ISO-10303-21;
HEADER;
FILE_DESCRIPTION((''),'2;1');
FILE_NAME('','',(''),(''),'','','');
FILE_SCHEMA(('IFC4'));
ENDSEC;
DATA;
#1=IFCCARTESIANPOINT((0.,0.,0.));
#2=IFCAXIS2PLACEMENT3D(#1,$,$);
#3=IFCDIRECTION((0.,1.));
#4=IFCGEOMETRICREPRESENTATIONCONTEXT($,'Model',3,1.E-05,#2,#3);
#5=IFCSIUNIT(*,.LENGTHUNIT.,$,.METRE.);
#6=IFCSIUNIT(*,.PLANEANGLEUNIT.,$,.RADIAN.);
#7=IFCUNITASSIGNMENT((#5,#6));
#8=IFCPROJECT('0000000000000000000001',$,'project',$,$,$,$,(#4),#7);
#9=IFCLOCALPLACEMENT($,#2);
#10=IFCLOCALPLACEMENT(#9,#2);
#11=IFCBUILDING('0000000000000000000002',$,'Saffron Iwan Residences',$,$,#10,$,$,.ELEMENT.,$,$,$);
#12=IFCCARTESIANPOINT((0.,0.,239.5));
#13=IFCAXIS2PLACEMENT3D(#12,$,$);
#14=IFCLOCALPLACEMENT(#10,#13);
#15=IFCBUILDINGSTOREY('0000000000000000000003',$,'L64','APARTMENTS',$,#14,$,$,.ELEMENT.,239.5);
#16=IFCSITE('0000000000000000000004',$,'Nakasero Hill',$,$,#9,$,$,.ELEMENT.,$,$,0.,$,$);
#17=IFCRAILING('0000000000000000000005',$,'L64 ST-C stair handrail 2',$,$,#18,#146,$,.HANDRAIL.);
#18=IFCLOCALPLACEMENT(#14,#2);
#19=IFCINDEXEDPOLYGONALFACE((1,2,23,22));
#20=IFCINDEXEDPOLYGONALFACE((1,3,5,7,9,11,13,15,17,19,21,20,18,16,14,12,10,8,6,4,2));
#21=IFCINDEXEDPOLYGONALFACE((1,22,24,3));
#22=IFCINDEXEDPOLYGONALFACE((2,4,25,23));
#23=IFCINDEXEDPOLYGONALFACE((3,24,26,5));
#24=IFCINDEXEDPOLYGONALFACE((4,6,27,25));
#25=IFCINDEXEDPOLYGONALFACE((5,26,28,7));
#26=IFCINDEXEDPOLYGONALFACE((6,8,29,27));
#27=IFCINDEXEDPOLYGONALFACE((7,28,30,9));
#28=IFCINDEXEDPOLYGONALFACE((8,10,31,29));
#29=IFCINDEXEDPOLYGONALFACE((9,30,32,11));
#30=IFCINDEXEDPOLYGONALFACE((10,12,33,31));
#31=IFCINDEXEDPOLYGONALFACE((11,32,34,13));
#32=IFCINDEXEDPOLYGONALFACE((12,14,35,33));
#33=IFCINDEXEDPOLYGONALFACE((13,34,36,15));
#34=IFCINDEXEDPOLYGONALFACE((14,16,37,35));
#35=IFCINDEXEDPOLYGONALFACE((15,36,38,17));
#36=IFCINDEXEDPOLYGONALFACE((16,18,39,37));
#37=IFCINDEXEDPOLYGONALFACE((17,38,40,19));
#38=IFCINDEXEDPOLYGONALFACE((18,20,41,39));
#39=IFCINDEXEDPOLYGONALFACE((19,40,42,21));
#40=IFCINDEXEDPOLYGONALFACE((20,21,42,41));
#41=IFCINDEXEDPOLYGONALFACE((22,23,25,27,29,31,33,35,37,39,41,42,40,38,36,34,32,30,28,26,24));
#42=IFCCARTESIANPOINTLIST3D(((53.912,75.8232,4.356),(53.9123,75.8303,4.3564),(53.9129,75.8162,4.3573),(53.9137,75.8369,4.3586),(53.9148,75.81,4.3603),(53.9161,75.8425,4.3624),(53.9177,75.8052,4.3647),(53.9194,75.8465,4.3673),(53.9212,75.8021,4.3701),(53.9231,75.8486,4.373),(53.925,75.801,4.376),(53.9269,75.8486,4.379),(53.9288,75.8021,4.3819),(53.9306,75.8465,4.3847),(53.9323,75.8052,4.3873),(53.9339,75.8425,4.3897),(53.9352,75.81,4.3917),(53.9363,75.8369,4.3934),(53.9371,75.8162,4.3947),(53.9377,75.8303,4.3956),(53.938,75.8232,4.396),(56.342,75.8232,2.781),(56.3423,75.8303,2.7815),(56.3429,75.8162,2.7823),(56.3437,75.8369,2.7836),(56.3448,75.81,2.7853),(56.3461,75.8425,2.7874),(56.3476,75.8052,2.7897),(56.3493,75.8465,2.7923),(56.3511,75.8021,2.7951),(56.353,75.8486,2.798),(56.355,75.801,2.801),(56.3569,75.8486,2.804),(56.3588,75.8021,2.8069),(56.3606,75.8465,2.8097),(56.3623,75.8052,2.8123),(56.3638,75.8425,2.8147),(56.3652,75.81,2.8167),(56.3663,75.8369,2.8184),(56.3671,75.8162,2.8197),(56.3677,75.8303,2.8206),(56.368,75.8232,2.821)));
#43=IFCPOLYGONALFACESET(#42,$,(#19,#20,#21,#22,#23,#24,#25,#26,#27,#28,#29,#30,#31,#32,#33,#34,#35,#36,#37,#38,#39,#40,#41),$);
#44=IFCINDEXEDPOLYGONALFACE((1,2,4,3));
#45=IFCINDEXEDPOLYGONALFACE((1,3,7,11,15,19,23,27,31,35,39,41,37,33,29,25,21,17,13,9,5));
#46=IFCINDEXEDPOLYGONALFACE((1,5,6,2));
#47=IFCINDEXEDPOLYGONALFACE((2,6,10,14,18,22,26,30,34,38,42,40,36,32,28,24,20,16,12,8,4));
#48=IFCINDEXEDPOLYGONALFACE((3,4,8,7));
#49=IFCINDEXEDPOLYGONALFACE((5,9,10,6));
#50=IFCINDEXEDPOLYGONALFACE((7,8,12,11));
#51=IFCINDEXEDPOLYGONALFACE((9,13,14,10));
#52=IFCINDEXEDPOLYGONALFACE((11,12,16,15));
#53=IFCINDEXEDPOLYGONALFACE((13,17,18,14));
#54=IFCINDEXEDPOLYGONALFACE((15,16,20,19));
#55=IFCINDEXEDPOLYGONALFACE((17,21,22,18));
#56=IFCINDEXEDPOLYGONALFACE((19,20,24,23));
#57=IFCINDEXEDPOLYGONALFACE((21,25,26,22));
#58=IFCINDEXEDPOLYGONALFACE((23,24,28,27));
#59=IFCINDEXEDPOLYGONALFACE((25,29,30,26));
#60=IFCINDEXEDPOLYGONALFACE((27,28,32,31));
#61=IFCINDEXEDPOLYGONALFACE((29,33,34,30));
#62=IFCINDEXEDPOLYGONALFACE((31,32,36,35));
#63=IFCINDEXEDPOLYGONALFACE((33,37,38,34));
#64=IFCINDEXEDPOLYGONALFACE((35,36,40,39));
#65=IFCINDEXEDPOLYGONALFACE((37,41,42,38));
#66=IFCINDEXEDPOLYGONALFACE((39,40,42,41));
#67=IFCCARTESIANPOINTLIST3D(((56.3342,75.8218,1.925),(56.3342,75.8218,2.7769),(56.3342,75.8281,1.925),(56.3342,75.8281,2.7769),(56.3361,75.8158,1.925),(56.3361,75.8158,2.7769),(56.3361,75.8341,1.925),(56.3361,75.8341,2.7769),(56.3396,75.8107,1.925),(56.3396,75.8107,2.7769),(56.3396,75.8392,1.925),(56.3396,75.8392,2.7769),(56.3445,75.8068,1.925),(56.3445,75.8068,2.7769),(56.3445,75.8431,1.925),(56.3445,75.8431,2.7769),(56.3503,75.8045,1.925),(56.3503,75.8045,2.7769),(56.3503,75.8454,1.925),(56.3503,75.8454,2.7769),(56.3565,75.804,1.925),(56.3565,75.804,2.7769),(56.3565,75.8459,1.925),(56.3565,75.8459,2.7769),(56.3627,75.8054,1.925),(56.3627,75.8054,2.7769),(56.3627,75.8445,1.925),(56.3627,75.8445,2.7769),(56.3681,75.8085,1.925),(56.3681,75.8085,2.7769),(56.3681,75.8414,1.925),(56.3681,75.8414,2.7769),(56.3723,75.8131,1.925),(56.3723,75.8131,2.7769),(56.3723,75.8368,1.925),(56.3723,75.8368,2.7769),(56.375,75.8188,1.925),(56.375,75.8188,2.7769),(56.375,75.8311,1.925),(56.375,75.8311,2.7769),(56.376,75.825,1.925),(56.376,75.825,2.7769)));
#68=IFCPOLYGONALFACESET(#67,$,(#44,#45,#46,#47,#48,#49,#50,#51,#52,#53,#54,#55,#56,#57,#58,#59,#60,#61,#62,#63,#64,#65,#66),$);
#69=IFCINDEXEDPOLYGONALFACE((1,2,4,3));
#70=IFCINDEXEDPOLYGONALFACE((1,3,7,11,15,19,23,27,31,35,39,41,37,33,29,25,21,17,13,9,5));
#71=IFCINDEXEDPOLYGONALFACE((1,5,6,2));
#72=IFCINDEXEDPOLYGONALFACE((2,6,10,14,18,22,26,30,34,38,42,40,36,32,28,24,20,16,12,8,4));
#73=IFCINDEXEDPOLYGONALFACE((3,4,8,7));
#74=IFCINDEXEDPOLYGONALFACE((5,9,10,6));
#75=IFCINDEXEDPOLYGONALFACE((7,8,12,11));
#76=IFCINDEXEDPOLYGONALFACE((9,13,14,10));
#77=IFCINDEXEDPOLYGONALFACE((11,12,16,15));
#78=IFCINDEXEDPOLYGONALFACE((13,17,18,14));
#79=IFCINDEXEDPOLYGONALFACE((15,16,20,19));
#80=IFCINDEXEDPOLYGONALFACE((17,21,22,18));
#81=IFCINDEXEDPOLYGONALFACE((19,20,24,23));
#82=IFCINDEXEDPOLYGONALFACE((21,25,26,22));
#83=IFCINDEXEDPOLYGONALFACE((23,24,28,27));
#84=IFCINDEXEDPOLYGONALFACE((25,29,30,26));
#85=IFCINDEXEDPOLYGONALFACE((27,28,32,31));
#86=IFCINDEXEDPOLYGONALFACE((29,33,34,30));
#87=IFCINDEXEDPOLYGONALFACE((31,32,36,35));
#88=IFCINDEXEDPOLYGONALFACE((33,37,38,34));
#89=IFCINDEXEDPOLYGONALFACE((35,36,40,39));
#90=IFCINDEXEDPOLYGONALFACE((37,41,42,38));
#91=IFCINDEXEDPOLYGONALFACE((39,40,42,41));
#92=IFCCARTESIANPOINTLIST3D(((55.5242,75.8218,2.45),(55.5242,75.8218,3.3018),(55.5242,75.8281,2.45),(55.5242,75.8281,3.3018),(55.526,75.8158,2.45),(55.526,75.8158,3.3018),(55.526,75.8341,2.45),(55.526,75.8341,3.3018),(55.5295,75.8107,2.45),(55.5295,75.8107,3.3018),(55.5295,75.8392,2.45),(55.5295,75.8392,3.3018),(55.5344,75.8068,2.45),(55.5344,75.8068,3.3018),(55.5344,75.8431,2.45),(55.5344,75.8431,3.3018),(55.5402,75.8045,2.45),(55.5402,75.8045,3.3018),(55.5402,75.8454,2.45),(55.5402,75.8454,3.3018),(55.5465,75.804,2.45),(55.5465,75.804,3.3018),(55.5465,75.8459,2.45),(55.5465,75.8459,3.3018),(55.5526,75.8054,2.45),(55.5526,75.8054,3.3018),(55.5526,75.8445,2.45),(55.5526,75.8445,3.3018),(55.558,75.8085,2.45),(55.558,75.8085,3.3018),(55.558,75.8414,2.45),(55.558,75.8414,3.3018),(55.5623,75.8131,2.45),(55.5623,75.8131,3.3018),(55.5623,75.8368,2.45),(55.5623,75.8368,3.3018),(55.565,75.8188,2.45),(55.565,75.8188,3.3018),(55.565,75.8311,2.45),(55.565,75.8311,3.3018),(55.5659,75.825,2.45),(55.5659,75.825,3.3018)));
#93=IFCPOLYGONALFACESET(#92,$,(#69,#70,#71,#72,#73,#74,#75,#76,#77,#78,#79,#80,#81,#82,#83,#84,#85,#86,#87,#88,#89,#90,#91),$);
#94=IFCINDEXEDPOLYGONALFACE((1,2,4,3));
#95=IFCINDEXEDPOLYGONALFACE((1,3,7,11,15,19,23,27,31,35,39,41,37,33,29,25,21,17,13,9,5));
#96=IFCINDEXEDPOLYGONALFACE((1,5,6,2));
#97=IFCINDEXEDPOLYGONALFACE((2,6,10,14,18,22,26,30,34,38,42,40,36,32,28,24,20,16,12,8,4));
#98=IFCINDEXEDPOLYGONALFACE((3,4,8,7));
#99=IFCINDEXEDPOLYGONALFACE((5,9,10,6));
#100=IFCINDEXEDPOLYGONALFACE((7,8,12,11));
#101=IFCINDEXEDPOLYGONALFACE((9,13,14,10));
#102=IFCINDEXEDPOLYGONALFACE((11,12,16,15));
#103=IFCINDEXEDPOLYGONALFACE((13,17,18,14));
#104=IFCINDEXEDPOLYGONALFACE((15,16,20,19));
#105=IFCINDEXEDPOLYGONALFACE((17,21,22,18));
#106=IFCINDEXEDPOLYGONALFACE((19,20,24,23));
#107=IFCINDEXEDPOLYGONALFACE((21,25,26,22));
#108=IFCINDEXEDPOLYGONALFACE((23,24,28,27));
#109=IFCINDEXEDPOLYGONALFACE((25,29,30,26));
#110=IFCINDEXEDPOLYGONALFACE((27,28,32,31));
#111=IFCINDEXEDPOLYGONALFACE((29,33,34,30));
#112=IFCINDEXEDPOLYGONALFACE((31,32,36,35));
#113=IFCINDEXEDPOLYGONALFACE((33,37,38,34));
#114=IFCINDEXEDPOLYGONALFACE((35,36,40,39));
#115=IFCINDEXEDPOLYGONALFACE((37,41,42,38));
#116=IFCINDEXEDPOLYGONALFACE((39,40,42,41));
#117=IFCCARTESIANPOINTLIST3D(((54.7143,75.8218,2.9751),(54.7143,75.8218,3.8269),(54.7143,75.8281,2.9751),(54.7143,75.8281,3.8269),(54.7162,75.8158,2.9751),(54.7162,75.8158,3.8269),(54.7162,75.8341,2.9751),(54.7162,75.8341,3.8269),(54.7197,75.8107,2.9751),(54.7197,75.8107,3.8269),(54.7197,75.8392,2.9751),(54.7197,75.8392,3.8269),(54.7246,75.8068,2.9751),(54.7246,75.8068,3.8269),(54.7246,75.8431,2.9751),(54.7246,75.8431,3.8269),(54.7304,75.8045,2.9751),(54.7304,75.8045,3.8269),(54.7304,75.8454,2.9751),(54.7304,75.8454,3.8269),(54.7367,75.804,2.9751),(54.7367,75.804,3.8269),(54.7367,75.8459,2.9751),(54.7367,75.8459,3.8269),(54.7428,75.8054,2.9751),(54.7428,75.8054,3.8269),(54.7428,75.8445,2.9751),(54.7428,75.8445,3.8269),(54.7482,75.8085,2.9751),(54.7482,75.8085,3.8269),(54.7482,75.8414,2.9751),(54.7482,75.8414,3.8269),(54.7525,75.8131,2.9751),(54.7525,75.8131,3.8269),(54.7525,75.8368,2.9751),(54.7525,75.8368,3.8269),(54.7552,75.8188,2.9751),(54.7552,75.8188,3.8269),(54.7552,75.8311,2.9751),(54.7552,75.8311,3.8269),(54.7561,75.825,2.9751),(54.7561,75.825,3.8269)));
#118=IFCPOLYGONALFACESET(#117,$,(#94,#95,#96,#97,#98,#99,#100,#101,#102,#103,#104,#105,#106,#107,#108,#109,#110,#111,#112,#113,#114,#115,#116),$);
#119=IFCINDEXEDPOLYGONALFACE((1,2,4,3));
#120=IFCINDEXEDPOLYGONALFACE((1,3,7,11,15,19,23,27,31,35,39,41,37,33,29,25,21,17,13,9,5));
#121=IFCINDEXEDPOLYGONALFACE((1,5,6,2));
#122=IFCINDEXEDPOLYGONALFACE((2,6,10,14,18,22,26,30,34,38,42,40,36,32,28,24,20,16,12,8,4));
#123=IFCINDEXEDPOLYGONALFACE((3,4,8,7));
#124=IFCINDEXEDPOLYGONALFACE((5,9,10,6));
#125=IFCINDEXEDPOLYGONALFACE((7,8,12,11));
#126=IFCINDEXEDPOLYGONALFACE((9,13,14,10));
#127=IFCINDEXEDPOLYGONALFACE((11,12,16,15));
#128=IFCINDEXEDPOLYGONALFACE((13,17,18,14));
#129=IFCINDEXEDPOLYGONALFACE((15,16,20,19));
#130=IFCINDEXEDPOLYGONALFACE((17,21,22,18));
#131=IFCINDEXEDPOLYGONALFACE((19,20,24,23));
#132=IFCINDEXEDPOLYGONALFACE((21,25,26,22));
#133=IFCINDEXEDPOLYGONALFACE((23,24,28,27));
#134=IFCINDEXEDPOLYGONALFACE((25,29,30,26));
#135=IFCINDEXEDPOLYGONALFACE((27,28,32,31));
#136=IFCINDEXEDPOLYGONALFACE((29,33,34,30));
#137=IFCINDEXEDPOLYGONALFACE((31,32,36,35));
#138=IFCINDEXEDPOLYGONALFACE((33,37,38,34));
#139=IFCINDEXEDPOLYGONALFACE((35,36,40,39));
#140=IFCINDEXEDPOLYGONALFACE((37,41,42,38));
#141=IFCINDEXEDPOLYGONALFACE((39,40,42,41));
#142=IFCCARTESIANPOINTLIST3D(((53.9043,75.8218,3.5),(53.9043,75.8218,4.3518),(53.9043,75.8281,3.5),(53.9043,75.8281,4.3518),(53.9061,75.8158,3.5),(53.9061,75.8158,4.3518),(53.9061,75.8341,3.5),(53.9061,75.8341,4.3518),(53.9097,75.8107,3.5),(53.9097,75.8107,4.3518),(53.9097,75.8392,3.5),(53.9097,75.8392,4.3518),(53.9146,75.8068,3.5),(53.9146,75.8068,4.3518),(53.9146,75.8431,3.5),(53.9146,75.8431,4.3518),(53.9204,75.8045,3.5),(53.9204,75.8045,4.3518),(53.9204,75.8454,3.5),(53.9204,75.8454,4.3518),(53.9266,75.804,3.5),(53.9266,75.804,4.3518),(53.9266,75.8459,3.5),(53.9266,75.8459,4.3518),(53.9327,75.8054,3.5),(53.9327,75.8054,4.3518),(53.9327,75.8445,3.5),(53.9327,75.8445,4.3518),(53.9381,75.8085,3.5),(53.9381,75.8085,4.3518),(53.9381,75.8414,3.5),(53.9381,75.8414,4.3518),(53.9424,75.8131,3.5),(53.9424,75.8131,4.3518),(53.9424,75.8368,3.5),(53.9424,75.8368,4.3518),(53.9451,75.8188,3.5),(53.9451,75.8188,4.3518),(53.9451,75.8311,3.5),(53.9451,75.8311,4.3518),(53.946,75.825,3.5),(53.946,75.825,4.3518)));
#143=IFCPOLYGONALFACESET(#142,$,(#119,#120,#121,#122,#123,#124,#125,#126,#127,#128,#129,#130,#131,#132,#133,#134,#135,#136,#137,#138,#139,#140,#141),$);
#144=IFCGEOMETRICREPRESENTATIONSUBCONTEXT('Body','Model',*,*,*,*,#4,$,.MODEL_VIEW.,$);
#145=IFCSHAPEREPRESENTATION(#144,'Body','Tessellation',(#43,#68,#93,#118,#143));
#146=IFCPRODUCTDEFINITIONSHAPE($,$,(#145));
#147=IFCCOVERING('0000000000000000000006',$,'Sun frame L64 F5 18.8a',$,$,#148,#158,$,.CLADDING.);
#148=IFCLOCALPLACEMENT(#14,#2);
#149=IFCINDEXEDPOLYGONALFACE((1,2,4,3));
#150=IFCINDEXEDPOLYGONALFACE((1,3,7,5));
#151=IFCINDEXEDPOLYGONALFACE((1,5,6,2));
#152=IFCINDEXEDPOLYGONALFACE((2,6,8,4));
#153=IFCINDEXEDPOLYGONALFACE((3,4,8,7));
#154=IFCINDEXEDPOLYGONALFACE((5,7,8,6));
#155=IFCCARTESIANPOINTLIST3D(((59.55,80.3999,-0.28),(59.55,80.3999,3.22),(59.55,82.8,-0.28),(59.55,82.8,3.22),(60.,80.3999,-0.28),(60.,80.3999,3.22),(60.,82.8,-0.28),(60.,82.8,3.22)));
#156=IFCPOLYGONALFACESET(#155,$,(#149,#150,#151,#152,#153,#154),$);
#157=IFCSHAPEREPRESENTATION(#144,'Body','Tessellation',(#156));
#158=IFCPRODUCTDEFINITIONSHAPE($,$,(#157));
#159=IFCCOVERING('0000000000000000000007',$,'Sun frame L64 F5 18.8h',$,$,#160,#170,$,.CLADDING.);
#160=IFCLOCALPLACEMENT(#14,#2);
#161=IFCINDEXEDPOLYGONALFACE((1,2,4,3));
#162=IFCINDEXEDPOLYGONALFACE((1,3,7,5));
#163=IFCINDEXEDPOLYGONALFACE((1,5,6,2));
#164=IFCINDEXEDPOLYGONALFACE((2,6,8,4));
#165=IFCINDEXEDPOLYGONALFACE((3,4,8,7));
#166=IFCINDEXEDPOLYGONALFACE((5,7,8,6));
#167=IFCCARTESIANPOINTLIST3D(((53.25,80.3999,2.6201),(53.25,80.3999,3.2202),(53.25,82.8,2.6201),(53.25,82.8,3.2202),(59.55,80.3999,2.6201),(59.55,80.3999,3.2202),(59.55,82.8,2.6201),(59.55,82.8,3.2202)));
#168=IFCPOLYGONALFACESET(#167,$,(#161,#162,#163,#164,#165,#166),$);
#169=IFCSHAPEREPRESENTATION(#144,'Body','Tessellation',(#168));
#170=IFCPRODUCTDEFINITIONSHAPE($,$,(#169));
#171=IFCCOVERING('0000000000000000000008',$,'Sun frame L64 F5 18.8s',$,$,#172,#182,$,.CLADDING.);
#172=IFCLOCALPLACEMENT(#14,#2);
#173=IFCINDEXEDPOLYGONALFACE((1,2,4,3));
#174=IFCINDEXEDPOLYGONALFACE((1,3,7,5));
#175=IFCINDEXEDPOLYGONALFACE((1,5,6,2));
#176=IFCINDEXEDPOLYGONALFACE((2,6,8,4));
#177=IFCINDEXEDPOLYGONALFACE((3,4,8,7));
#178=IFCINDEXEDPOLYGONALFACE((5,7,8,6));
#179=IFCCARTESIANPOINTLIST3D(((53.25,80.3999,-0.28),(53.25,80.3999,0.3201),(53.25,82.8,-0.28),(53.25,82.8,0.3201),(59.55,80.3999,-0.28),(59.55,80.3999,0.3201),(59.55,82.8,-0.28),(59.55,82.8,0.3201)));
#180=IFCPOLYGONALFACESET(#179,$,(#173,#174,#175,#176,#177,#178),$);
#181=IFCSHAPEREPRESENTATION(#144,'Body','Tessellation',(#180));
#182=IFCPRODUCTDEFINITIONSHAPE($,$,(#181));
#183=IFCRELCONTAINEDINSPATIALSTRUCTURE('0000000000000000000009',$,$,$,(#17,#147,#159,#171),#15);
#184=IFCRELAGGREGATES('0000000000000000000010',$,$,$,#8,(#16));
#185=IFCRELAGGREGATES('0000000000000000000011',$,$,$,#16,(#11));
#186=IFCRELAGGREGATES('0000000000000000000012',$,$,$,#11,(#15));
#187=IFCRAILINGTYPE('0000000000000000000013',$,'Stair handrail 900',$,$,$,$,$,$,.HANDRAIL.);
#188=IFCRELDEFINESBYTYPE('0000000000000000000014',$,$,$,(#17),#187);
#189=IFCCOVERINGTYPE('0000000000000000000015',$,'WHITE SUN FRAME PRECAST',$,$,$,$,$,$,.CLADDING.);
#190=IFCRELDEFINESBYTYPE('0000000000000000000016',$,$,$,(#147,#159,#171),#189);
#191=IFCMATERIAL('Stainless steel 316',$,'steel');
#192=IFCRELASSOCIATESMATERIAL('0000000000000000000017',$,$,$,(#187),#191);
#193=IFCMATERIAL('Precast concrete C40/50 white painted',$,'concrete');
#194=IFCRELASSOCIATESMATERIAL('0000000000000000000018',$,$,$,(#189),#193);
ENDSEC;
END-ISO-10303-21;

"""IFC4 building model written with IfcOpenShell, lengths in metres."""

from ifc_helpers import new_model, si_unit, direction, frame, origin, origin_2d, place, context, subcontext, project, spatial, polyline, circle, outline, extrude, material, type_object, element, save


model = new_model("IFC4")

# Units and contexts
model_context = context("Model", 3, precision=1e-05, world=origin(), true_north=direction((0.0, 1.0)))
body_context = subcontext(model_context, "Body", "Model", "MODEL_VIEW")
ifc_project = project(units=[si_unit("LENGTHUNIT", "METRE"), si_unit("PLANEANGLEUNIT", "RADIAN")], contexts=[model_context])

# Site, building, storey
site_placement = place(None, origin())
site = spatial("IfcSite", under=ifc_project, at=site_placement, Name="Nakasero Hill", CompositionType="ELEMENT", RefElevation=0.0)
building_placement = place(site_placement, origin())
building = spatial("IfcBuilding", under=site, at=building_placement, Name="Saffron Iwan Residences", CompositionType="ELEMENT")
storey_placement = place(building_placement, frame((0.0, 0.0, 239.5)))
storey = spatial("IfcBuildingStorey", under=building, at=storey_placement, Name="L64", Description="APARTMENTS", CompositionType="ELEMENT", Elevation=239.5)

# Railing
ifc_material_1 = material(Name="Stainless steel 316", Category="steel")
railing_type_1 = type_object("IfcRailingType", Name="Stair handrail 900", PredefinedType="HANDRAIL", material=ifc_material_1)
railing_1_placement = place(storey_placement, frame((56.355, 75.825, 1.925)))
element("IfcRailing", 1, at=railing_1_placement, inside=storey, type_object=railing_type_1, Name="L64 ST-C stair handrail 2", PredefinedType="HANDRAIL", context=body_context, shape_type="SweptSolid", body=[
    extrude(circle(Radius=0.0239, at=origin_2d()), frame((0.0, 0.0, 0.876), z_axis=(-0.839154, 0.0, 0.543894), x_axis=(0.0, -1.0, 0.0)), (0.0, 0.0, 1.0), 2.8958),
    extrude(circle(Radius=0.021, at=origin_2d()), origin(), (0.0, 0.0, 1.0), 0.8518),
    extrude(circle(Radius=0.021, at=origin_2d()), frame((-0.8101, 0.0, 0.5249)), (0.0, 0.0, 1.0), 0.8518),
    extrude(circle(Radius=0.021, at=origin_2d()), frame((-1.6199, 0.0, 1.05)), (0.0, 0.0, 1.0), 0.8518),
    extrude(circle(Radius=0.021, at=origin_2d()), frame((-2.4299, 0.0, 1.575)), (0.0, 0.0, 1.0), 0.8518),
])

# Coverings
ifc_material_2 = material(Name="Precast concrete C40/50 white painted", Category="concrete")
covering_type_1 = type_object("IfcCoveringType", Name="WHITE SUN FRAME PRECAST", PredefinedType="CLADDING", material=ifc_material_2)
covering_1_placement = place(storey_placement, frame((60.0, 80.3999, -0.28), z_axis=(0.0, 1.0, 0.0), x_axis=(-1.0, 0.0, 0.0)))
element("IfcCovering", 2, at=covering_1_placement, inside=storey, type_object=covering_type_1, Name="Sun frame L64 F5 18.8a", PredefinedType="CLADDING", context=body_context, shape_type="SweptSolid", body=[
    extrude(outline(polyline([(0.0, 0.0), (0.45, 0.0), (0.45, 3.5), (0.0, 3.5), (0.0, 0.0)])), origin(), (0.0, 0.0, 1.0), 2.4001),
])
for number, where, z_axis, x_axis, name in (
    (3, (59.55, 80.3999, 2.6201), (0.0, 1.0, 0.0), (-1.0, 0.0, 0.0), "Sun frame L64 F5 18.8h"),
    (4, (59.55, 80.3999, -0.28), (0.0, 1.0, 0.0), (-1.0, 0.0, 0.0), "Sun frame L64 F5 18.8s"),
):
    element("IfcCovering", number, at=place(storey_placement, frame(where, z_axis=z_axis, x_axis=x_axis)), inside=storey, type_object=covering_type_1, Name=name, PredefinedType="CLADDING", context=body_context, shape_type="SweptSolid", body=[
        extrude(outline(polyline([(0.0, 0.0), (6.3, 0.0), (6.3, 0.6001), (0.0, 0.6001), (0.0, 0.0)])), origin(), (0.0, 0.0, 1.0), 2.4001),
    ])

save(model, "model.ifc")
